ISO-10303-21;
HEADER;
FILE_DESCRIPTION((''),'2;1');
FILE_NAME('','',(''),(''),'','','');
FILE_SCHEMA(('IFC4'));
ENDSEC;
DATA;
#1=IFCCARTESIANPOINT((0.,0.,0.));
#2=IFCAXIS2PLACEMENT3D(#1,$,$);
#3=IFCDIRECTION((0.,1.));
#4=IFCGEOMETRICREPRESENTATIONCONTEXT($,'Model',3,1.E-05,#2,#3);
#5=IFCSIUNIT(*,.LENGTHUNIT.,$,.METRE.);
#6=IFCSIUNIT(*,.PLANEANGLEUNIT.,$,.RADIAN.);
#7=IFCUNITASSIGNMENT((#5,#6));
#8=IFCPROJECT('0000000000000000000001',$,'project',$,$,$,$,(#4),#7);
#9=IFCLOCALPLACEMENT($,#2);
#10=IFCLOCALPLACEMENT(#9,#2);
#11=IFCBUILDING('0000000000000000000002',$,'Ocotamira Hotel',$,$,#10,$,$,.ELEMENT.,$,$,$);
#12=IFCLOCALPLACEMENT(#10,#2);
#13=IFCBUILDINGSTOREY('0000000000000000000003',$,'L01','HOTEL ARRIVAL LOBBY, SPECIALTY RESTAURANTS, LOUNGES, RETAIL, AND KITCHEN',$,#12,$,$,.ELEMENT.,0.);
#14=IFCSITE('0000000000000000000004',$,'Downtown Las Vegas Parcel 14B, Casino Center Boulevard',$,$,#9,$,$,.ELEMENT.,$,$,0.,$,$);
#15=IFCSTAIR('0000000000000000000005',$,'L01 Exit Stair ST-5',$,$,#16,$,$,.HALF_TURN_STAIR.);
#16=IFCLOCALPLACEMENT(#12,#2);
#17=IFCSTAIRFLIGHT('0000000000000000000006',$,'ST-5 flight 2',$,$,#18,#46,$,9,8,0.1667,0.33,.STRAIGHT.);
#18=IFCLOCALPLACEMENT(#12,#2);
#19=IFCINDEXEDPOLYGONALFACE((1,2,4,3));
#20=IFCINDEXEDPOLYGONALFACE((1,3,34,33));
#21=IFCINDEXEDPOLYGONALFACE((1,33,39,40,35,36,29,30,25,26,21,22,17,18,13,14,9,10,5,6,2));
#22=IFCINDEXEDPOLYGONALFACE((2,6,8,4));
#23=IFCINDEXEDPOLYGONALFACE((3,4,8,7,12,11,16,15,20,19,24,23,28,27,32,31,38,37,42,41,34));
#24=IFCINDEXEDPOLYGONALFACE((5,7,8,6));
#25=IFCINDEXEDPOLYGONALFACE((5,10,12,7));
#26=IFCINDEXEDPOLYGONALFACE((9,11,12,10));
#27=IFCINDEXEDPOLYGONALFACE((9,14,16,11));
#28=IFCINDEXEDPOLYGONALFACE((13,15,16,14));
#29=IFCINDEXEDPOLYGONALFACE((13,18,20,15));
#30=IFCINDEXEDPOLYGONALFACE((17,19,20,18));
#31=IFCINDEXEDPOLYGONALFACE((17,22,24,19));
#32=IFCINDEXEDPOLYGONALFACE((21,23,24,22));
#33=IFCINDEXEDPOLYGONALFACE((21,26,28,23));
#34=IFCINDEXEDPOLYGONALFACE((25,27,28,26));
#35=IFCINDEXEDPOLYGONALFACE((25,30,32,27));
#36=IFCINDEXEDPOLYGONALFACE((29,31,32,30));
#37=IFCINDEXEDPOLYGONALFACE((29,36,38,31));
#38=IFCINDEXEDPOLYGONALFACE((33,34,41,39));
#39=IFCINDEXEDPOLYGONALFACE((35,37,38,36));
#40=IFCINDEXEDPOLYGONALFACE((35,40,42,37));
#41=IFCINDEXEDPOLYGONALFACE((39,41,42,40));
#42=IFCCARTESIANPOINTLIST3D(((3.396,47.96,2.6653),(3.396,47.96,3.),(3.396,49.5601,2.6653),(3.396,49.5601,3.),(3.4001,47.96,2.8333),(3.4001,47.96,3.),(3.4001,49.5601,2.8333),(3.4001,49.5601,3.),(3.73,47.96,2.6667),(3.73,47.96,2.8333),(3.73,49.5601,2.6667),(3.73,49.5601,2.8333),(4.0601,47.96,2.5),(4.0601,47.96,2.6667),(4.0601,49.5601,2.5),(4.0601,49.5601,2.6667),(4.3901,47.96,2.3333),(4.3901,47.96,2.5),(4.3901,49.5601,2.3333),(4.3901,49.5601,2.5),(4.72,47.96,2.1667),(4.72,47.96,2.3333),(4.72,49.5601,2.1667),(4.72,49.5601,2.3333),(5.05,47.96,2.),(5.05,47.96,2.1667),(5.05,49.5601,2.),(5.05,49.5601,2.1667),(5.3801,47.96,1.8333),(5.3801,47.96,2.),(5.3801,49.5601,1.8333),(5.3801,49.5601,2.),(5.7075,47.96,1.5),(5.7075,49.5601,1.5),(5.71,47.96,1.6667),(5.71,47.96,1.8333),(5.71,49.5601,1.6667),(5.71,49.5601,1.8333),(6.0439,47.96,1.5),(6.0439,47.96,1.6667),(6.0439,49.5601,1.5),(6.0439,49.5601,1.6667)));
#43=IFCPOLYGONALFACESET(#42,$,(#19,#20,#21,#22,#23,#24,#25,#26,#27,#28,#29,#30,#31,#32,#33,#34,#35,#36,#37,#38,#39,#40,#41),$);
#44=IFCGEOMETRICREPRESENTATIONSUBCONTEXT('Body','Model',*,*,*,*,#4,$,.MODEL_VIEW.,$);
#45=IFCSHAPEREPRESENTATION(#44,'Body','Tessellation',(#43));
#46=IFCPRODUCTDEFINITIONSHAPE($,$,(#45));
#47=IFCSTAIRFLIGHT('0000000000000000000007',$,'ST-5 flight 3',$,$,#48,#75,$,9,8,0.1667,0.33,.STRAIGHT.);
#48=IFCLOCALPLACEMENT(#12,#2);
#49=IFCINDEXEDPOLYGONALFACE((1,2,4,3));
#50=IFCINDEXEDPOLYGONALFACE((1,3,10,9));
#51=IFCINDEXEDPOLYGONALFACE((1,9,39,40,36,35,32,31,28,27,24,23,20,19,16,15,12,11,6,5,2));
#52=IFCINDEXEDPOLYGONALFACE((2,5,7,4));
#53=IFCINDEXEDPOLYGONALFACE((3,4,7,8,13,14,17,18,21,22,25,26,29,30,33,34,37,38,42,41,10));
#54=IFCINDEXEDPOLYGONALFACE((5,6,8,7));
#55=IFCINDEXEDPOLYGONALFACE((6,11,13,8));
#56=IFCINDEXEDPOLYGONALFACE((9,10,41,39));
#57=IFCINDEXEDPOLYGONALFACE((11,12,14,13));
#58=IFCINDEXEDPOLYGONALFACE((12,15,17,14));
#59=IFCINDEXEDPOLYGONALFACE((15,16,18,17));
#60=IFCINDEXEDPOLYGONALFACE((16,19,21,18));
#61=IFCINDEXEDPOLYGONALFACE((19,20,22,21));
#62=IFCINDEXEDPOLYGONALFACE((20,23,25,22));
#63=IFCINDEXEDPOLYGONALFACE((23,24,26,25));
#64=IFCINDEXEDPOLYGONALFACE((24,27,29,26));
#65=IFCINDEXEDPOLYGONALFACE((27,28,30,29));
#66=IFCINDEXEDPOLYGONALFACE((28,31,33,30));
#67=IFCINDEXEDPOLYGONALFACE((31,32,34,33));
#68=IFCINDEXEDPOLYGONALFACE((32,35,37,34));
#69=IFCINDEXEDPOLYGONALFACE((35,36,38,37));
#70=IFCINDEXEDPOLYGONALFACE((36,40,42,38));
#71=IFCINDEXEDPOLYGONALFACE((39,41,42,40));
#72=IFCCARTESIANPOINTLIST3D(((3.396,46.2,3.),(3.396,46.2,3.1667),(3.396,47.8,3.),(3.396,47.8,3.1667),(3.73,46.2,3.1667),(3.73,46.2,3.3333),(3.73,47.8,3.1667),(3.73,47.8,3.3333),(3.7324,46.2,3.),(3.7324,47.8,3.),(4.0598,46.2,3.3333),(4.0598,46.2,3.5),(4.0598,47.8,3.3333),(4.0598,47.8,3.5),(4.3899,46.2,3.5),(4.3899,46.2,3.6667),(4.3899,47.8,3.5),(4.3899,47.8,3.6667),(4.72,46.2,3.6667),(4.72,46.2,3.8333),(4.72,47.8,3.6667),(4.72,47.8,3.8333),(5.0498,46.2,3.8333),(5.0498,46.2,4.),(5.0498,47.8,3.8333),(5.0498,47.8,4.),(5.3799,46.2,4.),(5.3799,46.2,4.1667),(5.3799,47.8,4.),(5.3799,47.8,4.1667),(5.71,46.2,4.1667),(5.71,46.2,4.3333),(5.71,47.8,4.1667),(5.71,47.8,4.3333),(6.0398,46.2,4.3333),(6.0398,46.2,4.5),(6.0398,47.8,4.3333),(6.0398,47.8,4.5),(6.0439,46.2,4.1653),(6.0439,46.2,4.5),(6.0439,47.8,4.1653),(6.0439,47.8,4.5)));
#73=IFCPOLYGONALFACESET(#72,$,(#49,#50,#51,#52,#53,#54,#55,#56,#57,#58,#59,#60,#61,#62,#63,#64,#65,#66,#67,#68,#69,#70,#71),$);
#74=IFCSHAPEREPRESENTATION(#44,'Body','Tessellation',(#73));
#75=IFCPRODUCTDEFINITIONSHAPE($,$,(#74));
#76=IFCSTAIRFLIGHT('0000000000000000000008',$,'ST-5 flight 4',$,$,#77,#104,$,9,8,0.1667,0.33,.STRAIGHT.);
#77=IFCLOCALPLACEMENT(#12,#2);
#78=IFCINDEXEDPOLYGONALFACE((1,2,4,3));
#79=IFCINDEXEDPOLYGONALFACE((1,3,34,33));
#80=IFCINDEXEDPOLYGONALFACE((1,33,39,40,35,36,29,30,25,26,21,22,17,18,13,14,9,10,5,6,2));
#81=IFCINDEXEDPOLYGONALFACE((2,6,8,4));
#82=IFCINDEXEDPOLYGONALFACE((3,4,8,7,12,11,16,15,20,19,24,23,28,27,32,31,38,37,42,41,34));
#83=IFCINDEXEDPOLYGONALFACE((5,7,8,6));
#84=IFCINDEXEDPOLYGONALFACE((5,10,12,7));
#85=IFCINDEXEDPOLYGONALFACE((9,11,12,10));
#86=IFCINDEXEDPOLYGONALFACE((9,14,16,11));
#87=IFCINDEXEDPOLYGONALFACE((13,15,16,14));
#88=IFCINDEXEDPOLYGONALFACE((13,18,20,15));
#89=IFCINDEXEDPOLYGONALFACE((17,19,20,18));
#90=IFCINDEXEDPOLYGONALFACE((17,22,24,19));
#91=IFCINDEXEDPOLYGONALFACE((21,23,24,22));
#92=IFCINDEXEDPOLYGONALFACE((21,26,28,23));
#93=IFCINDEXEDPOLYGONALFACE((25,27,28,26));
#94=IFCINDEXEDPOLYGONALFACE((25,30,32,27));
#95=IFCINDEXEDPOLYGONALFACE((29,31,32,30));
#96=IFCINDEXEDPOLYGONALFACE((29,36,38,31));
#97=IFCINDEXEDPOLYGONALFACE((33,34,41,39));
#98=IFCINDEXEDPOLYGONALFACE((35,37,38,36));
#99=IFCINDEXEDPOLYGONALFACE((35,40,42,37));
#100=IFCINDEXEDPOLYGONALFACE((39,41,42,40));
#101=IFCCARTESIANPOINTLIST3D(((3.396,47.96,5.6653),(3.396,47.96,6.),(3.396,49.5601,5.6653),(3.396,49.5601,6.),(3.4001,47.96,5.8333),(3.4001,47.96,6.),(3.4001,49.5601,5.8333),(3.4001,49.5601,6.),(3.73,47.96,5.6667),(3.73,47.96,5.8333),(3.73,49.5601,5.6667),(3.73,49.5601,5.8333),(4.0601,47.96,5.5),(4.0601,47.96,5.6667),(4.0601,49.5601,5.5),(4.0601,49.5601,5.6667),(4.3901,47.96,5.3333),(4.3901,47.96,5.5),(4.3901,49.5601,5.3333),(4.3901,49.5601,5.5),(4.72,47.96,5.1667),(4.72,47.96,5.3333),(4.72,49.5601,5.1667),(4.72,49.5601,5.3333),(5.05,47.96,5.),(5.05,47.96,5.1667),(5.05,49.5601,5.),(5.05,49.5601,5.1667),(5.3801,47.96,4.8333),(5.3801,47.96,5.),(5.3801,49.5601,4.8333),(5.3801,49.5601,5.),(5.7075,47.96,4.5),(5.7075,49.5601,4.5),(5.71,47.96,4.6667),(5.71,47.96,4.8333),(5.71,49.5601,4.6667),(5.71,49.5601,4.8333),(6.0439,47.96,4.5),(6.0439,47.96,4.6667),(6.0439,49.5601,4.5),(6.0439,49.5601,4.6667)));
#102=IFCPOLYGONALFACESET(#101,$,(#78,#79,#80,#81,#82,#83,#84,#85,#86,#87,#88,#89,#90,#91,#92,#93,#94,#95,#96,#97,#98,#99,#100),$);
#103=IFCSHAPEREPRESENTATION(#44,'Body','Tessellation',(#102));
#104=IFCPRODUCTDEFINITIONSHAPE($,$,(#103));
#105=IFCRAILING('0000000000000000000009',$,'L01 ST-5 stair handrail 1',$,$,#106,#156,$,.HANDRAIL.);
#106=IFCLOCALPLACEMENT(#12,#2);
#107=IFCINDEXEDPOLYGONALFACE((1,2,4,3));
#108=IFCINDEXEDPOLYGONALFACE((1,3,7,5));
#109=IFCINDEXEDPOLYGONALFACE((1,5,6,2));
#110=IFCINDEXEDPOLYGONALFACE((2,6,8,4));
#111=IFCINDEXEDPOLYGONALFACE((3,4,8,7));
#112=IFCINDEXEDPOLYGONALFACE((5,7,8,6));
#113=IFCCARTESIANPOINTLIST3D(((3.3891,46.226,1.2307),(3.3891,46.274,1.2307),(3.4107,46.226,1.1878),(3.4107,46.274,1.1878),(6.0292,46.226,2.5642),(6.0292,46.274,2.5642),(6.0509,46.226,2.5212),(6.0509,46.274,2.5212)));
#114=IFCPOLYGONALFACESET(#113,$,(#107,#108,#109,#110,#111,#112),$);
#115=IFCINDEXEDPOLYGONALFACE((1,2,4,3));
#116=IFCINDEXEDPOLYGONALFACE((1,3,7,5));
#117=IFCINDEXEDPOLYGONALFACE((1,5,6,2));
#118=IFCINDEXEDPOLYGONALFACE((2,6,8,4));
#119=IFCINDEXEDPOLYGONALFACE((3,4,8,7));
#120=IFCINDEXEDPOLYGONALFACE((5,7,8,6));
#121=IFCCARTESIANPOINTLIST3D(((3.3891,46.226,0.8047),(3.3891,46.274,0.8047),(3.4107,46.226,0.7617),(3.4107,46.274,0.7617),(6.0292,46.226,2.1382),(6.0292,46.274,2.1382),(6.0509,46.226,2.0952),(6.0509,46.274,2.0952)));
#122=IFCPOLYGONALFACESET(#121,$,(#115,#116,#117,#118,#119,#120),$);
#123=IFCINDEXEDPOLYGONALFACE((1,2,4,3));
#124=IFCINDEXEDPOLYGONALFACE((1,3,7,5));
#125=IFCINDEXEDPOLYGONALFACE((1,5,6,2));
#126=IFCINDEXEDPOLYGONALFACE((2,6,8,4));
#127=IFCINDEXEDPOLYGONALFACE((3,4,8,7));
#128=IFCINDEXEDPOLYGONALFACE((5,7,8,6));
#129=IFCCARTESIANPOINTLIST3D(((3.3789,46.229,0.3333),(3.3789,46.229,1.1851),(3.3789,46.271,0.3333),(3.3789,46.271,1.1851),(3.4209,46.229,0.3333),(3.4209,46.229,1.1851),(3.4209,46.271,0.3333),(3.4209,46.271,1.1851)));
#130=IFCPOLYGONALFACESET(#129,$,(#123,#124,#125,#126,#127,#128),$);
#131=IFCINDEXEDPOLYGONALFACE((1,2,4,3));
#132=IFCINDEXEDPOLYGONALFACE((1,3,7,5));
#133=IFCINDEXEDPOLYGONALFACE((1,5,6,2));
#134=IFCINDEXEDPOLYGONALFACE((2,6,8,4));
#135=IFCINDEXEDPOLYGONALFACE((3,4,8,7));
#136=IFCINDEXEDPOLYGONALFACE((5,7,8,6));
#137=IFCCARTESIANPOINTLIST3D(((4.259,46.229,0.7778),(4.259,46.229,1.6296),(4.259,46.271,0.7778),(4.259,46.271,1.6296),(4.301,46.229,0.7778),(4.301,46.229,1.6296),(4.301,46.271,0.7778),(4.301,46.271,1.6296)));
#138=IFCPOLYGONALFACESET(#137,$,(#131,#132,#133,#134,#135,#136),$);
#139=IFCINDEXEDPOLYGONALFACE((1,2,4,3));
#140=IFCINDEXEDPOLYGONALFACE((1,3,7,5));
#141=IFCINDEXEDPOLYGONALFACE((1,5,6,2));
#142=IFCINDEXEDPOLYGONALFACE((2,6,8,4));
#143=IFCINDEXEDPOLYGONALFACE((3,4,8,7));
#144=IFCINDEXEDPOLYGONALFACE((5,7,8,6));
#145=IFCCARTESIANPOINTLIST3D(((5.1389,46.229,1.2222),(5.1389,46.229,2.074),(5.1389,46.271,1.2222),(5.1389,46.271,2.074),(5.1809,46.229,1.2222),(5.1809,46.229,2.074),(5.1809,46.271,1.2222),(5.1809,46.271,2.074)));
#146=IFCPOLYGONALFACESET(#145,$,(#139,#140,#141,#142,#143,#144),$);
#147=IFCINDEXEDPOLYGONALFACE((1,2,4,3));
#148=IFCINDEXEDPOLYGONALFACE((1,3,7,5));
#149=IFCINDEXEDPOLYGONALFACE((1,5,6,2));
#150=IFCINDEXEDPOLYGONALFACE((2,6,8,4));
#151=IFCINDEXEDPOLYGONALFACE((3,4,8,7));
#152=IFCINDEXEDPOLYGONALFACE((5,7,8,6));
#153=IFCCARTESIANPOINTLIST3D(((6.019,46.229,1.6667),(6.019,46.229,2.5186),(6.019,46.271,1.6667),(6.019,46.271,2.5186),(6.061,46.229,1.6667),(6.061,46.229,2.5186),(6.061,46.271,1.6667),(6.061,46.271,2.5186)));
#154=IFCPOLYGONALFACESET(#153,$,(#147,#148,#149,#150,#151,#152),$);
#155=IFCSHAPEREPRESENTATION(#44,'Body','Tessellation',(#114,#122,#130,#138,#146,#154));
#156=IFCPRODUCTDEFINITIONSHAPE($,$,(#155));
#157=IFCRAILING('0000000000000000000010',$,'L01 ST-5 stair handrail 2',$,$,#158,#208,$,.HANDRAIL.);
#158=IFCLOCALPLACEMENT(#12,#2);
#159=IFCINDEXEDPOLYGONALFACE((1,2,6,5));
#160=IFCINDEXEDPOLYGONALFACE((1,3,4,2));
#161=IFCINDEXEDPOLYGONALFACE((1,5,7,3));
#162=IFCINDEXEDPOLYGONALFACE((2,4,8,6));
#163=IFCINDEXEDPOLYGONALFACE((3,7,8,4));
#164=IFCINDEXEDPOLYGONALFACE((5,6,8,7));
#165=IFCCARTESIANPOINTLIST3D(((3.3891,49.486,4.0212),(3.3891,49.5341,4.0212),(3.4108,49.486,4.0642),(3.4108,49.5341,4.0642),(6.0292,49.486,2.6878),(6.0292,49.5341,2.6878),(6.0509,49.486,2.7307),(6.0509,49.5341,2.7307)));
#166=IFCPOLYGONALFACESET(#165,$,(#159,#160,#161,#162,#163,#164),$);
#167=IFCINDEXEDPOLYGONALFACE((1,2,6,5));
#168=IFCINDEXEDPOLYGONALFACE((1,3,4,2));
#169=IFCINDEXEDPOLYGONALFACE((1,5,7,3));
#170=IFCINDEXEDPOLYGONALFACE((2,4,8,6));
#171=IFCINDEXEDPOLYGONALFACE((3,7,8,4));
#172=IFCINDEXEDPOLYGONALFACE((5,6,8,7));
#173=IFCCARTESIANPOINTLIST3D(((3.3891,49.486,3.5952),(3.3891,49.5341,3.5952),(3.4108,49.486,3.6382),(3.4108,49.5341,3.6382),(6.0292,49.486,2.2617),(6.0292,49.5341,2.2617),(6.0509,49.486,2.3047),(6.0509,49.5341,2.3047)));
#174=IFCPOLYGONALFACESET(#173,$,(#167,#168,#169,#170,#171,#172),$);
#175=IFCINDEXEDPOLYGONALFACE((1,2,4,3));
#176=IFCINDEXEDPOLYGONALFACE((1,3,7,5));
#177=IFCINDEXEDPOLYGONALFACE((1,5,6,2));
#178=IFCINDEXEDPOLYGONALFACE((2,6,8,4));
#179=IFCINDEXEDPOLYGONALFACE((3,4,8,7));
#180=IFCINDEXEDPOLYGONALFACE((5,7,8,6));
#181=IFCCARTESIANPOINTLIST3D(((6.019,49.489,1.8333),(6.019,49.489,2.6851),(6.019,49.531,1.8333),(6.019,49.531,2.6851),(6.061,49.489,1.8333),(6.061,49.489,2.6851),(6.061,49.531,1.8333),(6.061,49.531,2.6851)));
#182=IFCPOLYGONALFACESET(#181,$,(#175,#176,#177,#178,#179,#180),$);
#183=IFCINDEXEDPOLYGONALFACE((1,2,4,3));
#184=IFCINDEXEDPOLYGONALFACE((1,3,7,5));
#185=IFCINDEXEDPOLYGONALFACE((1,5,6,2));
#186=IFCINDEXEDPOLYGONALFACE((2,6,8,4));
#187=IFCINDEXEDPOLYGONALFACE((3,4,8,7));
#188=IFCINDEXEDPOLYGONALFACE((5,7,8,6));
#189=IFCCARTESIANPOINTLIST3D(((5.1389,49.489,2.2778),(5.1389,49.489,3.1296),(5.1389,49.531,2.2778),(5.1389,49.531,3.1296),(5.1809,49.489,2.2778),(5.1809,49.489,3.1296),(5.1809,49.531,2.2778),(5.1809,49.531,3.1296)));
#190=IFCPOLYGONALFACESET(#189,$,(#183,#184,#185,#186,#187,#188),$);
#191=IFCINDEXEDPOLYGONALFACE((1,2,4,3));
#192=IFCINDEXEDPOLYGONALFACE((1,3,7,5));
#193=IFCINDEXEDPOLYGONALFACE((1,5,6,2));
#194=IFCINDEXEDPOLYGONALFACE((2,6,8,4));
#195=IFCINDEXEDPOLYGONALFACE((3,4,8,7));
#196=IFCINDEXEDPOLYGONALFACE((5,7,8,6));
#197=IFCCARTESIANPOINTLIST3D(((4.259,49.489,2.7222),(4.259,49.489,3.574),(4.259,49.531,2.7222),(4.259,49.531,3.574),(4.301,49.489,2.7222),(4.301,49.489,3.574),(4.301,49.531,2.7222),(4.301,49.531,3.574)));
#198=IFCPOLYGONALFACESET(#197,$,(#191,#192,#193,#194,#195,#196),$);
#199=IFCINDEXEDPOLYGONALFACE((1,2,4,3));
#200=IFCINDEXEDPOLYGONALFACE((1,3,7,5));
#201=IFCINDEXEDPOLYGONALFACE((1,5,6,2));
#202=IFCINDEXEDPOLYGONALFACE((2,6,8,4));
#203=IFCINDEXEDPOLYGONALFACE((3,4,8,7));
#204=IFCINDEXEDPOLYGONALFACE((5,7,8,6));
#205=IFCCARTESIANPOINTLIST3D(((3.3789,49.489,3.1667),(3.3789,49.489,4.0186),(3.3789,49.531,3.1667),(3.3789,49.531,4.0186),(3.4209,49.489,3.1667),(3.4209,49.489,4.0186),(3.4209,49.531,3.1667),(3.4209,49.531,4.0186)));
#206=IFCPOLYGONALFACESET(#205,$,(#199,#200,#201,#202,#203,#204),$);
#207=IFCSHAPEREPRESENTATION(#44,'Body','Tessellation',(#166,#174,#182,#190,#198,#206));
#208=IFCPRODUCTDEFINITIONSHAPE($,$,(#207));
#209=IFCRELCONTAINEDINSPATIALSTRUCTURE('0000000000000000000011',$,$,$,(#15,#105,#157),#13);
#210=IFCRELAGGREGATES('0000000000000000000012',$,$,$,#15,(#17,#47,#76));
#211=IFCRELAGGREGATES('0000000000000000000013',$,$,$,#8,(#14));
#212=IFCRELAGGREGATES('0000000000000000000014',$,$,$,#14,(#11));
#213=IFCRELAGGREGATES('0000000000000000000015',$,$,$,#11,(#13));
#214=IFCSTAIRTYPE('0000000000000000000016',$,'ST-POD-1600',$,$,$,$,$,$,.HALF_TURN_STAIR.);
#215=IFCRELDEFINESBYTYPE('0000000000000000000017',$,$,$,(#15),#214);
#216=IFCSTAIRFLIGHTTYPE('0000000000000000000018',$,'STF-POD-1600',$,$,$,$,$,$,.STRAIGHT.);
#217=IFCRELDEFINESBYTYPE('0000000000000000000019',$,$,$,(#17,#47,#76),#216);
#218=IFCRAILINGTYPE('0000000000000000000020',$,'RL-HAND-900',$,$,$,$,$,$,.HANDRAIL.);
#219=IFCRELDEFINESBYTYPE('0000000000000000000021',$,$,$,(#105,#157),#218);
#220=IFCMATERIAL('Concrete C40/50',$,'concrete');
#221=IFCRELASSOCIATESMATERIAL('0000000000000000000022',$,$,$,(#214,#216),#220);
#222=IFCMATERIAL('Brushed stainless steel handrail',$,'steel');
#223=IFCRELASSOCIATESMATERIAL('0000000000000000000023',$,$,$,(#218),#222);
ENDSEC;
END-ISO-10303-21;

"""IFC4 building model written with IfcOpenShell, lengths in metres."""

from ifc_helpers import new_model, si_unit, direction, frame, origin, origin_2d, place, context, subcontext, project, spatial, polyline, rectangle, outline, extrude, source, transform, mapped, material, type_object, element, aggregate, save


model = new_model("IFC4")

# Units and contexts
model_context = context("Model", 3, precision=1e-05, world=origin(), true_north=direction((0.0, 1.0)))
body_context = subcontext(model_context, "Body", "Model", "MODEL_VIEW")
ifc_project = project(units=[si_unit("LENGTHUNIT", "METRE"), si_unit("PLANEANGLEUNIT", "RADIAN")], contexts=[model_context])

# Site, building, storey
site_placement = place(None, origin())
site = spatial("IfcSite", under=ifc_project, at=site_placement, Name="Downtown Las Vegas Parcel 14B, Casino Center Boulevard", CompositionType="ELEMENT", RefElevation=0.0)
building_placement = place(site_placement, origin())
building = spatial("IfcBuilding", under=site, at=building_placement, Name="Ocotamira Hotel", CompositionType="ELEMENT")
storey_placement = place(building_placement, origin())
storey = spatial("IfcBuildingStorey", under=building, at=storey_placement, Name="L01", Description="HOTEL ARRIVAL LOBBY, SPECIALTY RESTAURANTS, LOUNGES, RETAIL, AND KITCHEN", CompositionType="ELEMENT", Elevation=0.0)

# Stair, stair flights
ifc_material_1 = material(Name="Concrete C40/50", Category="concrete")
stair_type = type_object("IfcStairType", Name="ST-POD-1600", PredefinedType="HALF_TURN_STAIR", material=ifc_material_1)
stair_placement = place(storey_placement, origin())
stair = element("IfcStair", 1, at=stair_placement, inside=storey, type_object=stair_type, Name="L01 Exit Stair ST-5", PredefinedType="HALF_TURN_STAIR")
stair_flight_type = type_object("IfcStairFlightType", Name="STF-POD-1600", PredefinedType="STRAIGHT", material=ifc_material_1)
shared_shape_1 = source(origin(), body_context, "Body", "SweptSolid", [
    extrude(outline(polyline([(-0.0039, 0.0), (-0.0039, 0.1667), (0.3301, 0.1667), (0.3301, 0.3333), (0.6599, 0.3333), (0.6599, 0.5), (0.99, 0.5), (0.99, 0.6667), (1.3201, 0.6667), (1.3201, 0.8333), (1.6499, 0.8333), (1.6499, 1.0), (1.98, 1.0), (1.98, 1.1667), (2.3101, 1.1667), (2.3101, 1.3333), (2.6399, 1.3333), (2.6399, 1.5), (2.644, 1.5), (2.644, 1.1653), (0.3325, 0.0), (-0.0039, 0.0)])), frame((0.0, 0.8, 0.0), z_axis=(0.0, -1.0, 0.0), x_axis=(1.0, 0.0, 0.0)), (0.0, 0.0, 1.0), 1.6001),
])
stair_flight_1_placement = place(storey_placement, frame((6.04, 48.76, 1.5), z_axis=(0.0, 0.0, 1.0), x_axis=(-1.0, 0.0, 0.0)))
stair_flight_1 = element("IfcStairFlight", 2, at=stair_flight_1_placement, type_object=stair_flight_type, Name="ST-5 flight 2", NumberOfRisers=9, NumberOfTreads=8, PredefinedType="STRAIGHT", RiserHeight=0.1667, TreadLength=0.33, context=body_context, shape_type="MappedRepresentation", body=[
    mapped(shared_shape_1, transform((0.0, 0.0, 0.0), scale=1.0)),
])
stair_flight_2_placement = place(storey_placement, frame((3.3999, 47.0, 3.0), z_axis=(0.0, 0.0, 1.0), x_axis=(1.0, 0.0, 0.0)))
stair_flight_2 = element("IfcStairFlight", 3, at=stair_flight_2_placement, type_object=stair_flight_type, Name="ST-5 flight 3", NumberOfRisers=9, NumberOfTreads=8, PredefinedType="STRAIGHT", RiserHeight=0.1667, TreadLength=0.33, context=body_context, shape_type="MappedRepresentation", body=[
    mapped(shared_shape_1, transform((0.0, 0.0, 0.0), scale=1.0)),
])
stair_flight_3_placement = place(storey_placement, frame((6.04, 48.76, 4.5), z_axis=(0.0, 0.0, 1.0), x_axis=(-1.0, 0.0, 0.0)))
stair_flight_3 = element("IfcStairFlight", 4, at=stair_flight_3_placement, type_object=stair_flight_type, Name="ST-5 flight 4", NumberOfRisers=9, NumberOfTreads=8, PredefinedType="STRAIGHT", RiserHeight=0.1667, TreadLength=0.33, context=body_context, shape_type="MappedRepresentation", body=[
    mapped(shared_shape_1, transform((0.0, 0.0, 0.0), scale=1.0)),
])
aggregate(stair, [stair_flight_1, stair_flight_2, stair_flight_3])

# Railings
ifc_material_2 = material(Name="Brushed stainless steel handrail", Category="steel")
railing_type_1 = type_object("IfcRailingType", Name="RL-HAND-900", PredefinedType="HANDRAIL", material=ifc_material_2)
railing_1_placement = place(storey_placement, frame((3.3999, 46.25, 0.3333)))
element("IfcRailing", 5, at=railing_1_placement, inside=storey, type_object=railing_type_1, Name="L01 ST-5 stair handrail 1", PredefinedType="HANDRAIL", context=body_context, shape_type="SweptSolid", body=[
    extrude(rectangle(XDim=0.0481, YDim=0.0481, at=origin_2d()), frame((0.0, 0.0, 0.876), z_axis=(0.892604, 0.0, 0.450842), x_axis=(0.0, 1.0, 0.0)), (0.0, 0.0, 1.0), 2.9578),
    extrude(rectangle(XDim=0.0481, YDim=0.0481, at=origin_2d()), frame((0.0, 0.0, 0.45), z_axis=(0.892604, 0.0, 0.450842), x_axis=(0.0, 1.0, 0.0)), (0.0, 0.0, 1.0), 2.9578),
    extrude(rectangle(XDim=0.042, YDim=0.042, at=origin_2d()), origin(), (0.0, 0.0, 1.0), 0.8518),
    extrude(rectangle(XDim=0.042, YDim=0.042, at=origin_2d()), frame((0.8801, 0.0, 0.4446)), (0.0, 0.0, 1.0), 0.8518),
    extrude(rectangle(XDim=0.042, YDim=0.042, at=origin_2d()), frame((1.76, 0.0, 0.8889)), (0.0, 0.0, 1.0), 0.8518),
    extrude(rectangle(XDim=0.042, YDim=0.042, at=origin_2d()), frame((2.6401, 0.0, 1.3335)), (0.0, 0.0, 1.0), 0.8518),
])
railing_2_placement = place(storey_placement, frame((6.04, 49.51, 1.8333)))
element("IfcRailing", 6, at=railing_2_placement, inside=storey, type_object=railing_type_1, Name="L01 ST-5 stair handrail 2", PredefinedType="HANDRAIL", context=body_context, shape_type="SweptSolid", body=[
    extrude(rectangle(XDim=0.0481, YDim=0.0481, at=origin_2d()), frame((0.0, 0.0, 0.876), z_axis=(-0.892604, 0.0, 0.450842), x_axis=(0.0, -1.0, 0.0)), (0.0, 0.0, 1.0), 2.9578),
    extrude(rectangle(XDim=0.0481, YDim=0.0481, at=origin_2d()), frame((0.0, 0.0, 0.45), z_axis=(-0.892604, 0.0, 0.450842), x_axis=(0.0, -1.0, 0.0)), (0.0, 0.0, 1.0), 2.9578),
    extrude(rectangle(XDim=0.042, YDim=0.042, at=origin_2d()), origin(), (0.0, 0.0, 1.0), 0.8518),
    extrude(rectangle(XDim=0.042, YDim=0.042, at=origin_2d()), frame((-0.8801, 0.0, 0.4446)), (0.0, 0.0, 1.0), 0.8518),
    extrude(rectangle(XDim=0.042, YDim=0.042, at=origin_2d()), frame((-1.76, 0.0, 0.8889)), (0.0, 0.0, 1.0), 0.8518),
    extrude(rectangle(XDim=0.042, YDim=0.042, at=origin_2d()), frame((-2.6401, 0.0, 1.3335)), (0.0, 0.0, 1.0), 0.8518),
])

save(model, "model.ifc")
